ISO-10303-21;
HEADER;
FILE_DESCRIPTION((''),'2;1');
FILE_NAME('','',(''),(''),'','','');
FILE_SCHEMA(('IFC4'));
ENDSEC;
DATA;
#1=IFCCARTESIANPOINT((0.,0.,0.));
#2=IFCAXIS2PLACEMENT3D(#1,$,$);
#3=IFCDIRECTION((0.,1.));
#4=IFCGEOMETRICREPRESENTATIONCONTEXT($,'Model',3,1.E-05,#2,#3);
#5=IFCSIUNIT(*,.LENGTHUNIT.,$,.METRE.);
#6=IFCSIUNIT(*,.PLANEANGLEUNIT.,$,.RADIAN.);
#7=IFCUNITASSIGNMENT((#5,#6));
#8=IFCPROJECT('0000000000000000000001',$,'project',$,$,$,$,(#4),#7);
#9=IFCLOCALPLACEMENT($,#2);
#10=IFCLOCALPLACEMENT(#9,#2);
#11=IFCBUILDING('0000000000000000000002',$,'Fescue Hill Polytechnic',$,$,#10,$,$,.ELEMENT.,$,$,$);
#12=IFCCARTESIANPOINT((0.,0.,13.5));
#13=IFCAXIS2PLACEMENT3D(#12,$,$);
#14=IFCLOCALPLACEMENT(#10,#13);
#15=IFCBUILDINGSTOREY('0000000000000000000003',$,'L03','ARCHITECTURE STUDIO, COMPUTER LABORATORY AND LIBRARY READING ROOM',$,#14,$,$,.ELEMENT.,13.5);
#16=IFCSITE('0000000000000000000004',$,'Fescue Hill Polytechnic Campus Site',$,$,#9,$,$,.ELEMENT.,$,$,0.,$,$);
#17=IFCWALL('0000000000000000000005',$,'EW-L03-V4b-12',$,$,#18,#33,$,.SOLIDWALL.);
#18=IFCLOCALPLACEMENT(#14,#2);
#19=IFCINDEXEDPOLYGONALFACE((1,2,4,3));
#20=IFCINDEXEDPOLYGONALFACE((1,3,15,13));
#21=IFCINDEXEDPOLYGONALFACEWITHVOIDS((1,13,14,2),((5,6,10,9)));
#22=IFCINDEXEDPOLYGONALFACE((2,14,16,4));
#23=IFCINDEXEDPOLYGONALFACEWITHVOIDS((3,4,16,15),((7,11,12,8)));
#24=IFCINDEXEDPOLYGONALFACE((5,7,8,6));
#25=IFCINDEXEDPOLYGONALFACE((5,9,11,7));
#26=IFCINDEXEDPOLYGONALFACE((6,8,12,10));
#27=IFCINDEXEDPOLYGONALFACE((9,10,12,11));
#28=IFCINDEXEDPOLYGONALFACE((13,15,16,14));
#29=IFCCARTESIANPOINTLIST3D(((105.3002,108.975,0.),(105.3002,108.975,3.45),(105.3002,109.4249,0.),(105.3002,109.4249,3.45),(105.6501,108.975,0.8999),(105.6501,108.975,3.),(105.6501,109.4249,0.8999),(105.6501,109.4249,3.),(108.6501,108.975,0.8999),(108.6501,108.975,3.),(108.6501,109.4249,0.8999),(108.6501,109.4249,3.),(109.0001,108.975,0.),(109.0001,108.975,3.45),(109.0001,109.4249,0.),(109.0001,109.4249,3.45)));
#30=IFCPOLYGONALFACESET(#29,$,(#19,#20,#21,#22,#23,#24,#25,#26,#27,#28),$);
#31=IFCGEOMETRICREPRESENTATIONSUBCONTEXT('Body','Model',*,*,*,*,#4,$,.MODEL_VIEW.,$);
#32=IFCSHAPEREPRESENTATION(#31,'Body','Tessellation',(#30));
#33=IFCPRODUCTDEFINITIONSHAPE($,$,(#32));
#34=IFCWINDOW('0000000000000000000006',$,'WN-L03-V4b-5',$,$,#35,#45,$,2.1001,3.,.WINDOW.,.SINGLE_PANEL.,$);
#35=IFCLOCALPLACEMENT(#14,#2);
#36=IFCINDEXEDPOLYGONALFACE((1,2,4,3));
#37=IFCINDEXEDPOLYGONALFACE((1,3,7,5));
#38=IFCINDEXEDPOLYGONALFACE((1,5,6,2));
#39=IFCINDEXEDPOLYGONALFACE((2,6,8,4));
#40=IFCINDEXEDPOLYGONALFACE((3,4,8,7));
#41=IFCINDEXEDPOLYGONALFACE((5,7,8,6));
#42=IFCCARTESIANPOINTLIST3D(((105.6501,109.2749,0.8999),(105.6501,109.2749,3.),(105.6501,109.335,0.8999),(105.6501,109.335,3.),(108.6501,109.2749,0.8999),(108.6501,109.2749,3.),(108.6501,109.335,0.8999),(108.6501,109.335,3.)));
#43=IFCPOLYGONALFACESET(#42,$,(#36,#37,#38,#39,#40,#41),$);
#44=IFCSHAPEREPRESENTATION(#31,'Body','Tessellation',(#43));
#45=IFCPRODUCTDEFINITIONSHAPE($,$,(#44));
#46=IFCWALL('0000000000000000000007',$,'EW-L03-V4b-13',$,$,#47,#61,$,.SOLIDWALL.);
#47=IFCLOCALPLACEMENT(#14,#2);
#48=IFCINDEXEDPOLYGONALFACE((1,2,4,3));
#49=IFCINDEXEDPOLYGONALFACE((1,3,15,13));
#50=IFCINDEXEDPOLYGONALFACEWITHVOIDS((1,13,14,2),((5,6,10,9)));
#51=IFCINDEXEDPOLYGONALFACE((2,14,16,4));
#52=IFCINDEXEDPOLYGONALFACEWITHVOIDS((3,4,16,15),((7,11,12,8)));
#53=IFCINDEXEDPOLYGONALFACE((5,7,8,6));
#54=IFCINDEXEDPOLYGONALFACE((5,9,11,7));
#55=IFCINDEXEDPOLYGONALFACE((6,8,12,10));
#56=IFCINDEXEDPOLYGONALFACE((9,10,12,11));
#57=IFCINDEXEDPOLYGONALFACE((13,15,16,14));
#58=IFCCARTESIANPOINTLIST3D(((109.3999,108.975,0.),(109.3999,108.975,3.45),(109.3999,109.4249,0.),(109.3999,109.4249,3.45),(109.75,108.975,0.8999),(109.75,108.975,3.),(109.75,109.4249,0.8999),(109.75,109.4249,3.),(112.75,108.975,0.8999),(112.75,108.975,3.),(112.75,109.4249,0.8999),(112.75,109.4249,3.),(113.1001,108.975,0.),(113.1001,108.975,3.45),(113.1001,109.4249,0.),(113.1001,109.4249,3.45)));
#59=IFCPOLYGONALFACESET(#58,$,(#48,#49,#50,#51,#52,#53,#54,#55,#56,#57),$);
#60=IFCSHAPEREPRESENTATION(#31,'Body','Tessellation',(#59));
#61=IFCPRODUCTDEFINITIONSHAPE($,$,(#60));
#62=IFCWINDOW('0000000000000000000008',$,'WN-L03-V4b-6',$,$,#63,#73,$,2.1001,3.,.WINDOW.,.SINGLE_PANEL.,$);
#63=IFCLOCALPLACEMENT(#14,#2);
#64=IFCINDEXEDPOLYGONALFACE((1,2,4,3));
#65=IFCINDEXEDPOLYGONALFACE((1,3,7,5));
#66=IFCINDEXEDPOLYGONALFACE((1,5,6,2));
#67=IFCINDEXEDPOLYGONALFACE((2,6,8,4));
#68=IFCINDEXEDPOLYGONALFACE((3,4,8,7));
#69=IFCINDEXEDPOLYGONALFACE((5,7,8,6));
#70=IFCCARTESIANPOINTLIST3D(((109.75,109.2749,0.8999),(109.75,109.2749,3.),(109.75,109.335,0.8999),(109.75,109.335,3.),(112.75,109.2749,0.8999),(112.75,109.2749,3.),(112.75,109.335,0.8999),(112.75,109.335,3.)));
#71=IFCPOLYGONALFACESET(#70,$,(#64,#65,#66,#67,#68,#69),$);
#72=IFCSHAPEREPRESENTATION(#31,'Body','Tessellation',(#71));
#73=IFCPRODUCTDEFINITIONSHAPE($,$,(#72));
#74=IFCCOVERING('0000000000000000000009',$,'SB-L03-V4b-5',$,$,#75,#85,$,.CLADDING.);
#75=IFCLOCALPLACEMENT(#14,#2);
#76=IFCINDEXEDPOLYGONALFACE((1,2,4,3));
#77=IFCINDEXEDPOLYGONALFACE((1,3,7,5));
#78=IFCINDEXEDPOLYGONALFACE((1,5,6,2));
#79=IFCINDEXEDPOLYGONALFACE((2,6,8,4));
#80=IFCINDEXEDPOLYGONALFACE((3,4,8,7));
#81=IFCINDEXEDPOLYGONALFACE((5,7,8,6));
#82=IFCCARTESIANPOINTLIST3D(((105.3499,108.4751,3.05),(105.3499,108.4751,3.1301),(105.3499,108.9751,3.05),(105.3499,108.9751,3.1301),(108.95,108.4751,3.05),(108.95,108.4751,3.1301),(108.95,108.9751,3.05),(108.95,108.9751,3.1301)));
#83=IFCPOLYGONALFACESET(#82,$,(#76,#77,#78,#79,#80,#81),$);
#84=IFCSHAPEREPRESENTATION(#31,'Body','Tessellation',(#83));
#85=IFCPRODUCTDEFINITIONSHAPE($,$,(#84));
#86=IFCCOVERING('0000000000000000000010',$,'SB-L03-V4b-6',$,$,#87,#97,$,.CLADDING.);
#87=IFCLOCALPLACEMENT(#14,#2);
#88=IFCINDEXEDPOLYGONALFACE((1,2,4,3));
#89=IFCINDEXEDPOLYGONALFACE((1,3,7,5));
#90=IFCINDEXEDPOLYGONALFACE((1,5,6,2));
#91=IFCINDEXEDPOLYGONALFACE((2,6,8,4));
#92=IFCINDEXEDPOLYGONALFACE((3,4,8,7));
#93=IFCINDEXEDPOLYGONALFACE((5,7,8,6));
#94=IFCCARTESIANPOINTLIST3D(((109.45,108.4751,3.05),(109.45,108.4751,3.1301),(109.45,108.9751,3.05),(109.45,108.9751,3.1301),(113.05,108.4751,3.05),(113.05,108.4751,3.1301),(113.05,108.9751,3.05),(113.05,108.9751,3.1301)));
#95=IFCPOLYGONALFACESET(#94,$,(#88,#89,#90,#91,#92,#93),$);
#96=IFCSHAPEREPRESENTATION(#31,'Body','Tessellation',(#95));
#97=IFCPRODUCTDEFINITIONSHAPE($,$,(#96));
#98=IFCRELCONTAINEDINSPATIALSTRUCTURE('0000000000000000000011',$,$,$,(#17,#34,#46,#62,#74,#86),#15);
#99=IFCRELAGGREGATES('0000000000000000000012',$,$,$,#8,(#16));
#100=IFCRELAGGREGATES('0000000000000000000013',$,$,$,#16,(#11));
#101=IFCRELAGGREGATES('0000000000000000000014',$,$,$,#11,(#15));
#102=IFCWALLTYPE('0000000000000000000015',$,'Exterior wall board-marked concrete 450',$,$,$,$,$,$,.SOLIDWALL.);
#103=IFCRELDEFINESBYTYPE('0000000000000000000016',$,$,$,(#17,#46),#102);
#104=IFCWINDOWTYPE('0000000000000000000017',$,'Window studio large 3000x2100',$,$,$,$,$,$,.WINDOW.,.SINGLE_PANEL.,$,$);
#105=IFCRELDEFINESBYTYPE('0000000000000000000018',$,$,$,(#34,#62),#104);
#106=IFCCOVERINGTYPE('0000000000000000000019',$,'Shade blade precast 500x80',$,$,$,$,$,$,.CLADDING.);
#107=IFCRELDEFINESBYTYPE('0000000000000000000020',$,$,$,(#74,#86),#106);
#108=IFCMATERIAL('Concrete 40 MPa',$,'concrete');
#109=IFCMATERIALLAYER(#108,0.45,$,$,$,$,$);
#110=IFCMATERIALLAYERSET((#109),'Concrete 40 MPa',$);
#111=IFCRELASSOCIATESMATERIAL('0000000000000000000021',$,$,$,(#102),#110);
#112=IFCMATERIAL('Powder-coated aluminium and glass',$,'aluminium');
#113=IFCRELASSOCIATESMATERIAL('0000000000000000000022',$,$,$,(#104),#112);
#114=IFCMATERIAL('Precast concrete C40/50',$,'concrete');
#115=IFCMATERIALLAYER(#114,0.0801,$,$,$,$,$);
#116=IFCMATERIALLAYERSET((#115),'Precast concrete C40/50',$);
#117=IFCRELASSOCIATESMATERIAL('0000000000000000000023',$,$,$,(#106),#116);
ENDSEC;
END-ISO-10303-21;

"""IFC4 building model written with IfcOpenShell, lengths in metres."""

from ifc_helpers import new_model, si_unit, direction, frame, frame_2d, origin, origin_2d, place, context, subcontext, project, spatial, rectangle, extrude, material, layer, layer_set, type_object, element, fill, save


model = new_model("IFC4")

# Units and contexts
model_context = context("Model", 3, precision=1e-05, world=origin(), true_north=direction((0.0, 1.0)))
body_context = subcontext(model_context, "Body", "Model", "MODEL_VIEW")
ifc_project = project(units=[si_unit("LENGTHUNIT", "METRE"), si_unit("PLANEANGLEUNIT", "RADIAN")], contexts=[model_context])

# Site, building, storey
site_placement = place(None, origin())
site = spatial("IfcSite", under=ifc_project, at=site_placement, Name="Fescue Hill Polytechnic Campus Site", CompositionType="ELEMENT", RefElevation=0.0)
building_placement = place(site_placement, origin())
building = spatial("IfcBuilding", under=site, at=building_placement, Name="Fescue Hill Polytechnic", CompositionType="ELEMENT")
storey_placement = place(building_placement, frame((0.0, 0.0, 13.5)))
storey = spatial("IfcBuildingStorey", under=building, at=storey_placement, Name="L03", Description="ARCHITECTURE STUDIO, COMPUTER LABORATORY AND LIBRARY READING ROOM", CompositionType="ELEMENT", Elevation=13.5)

# Shared definitions
ifc_material_1 = material(Name="Concrete 40 MPa", Category="concrete")

# Shared definitions
ifc_material_2 = material(Name="Powder-coated aluminium and glass", Category="aluminium")

# Walls, openings, windows
ifc_layer_1 = layer(ifc_material_1, 0.45)
ifc_layer_set_1 = layer_set([ifc_layer_1], Name="Concrete 40 MPa")
wall_type_1 = type_object("IfcWallType", Name="Exterior wall board-marked concrete 450", PredefinedType="SOLIDWALL", material=ifc_layer_set_1)
wall_1_placement = place(storey_placement, frame((105.3, 109.2, 0.0), z_axis=(0.0, 0.0, 1.0), x_axis=(1.0, 0.0, 0.0)))
wall_1 = element("IfcWall", 1, at=wall_1_placement, inside=storey, type_object=wall_type_1, Name="EW-L03-V4b-12", PredefinedType="SOLIDWALL", context=body_context, shape_type="SweptSolid", body=[
    extrude(rectangle(XDim=3.7, YDim=0.45, at=frame_2d((1.8501, 0.0))), origin(), (0.0, 0.0, 1.0), 3.45),
])
opening_1_placement = place(wall_1_placement, frame((0.3501, 0.0, 0.8999)))
opening_1 = element("IfcOpeningElement", 2, at=opening_1_placement, cuts=wall_1, PredefinedType="OPENING", context=body_context, shape_type="SweptSolid", body=[
    extrude(rectangle(XDim=3.0, YDim=2.1001, at=frame_2d((1.5, 1.05))), frame((0.0, 0.2349, 0.0), z_axis=(0.0, -1.0, 0.0), x_axis=(1.0, 0.0, 0.0)), (0.0, 0.0, 1.0), 0.47),
])
window_type_1 = type_object("IfcWindowType", Name="Window studio large 3000x2100", PartitioningType="SINGLE_PANEL", PredefinedType="WINDOW", material=ifc_material_2)
window_1_placement = place(opening_1_placement, origin())
window_1 = element("IfcWindow", 3, at=window_1_placement, inside=storey, type_object=window_type_1, Name="WN-L03-V4b-5", OverallHeight=2.1001, OverallWidth=3.0, PartitioningType="SINGLE_PANEL", PredefinedType="WINDOW", context=body_context, shape_type="SweptSolid", body=[
    extrude(rectangle(XDim=3.0, YDim=2.1001, at=frame_2d((1.5, 1.05))), frame((0.0, 0.135, 0.0), z_axis=(0.0, -1.0, 0.0), x_axis=(1.0, 0.0, 0.0)), (0.0, 0.0, 1.0), 0.0601),
])
fill(opening_1, window_1)
wall_2_placement = place(storey_placement, frame((109.3999, 109.2, 0.0), z_axis=(0.0, 0.0, 1.0), x_axis=(1.0, 0.0, 0.0)))
wall_2 = element("IfcWall", 4, at=wall_2_placement, inside=storey, type_object=wall_type_1, Name="EW-L03-V4b-13", PredefinedType="SOLIDWALL", context=body_context, shape_type="SweptSolid", body=[
    extrude(rectangle(XDim=3.7002, YDim=0.45, at=frame_2d((1.8501, 0.0))), origin(), (0.0, 0.0, 1.0), 3.45),
])
opening_2_placement = place(wall_2_placement, frame((0.3501, 0.0, 0.8999)))
opening_2 = element("IfcOpeningElement", 5, at=opening_2_placement, cuts=wall_2, PredefinedType="OPENING", context=body_context, shape_type="SweptSolid", body=[
    extrude(rectangle(XDim=3.0, YDim=2.1001, at=frame_2d((1.5, 1.05))), frame((0.0, 0.2349, 0.0), z_axis=(0.0, -1.0, 0.0), x_axis=(1.0, 0.0, 0.0)), (0.0, 0.0, 1.0), 0.47),
])
window_2_placement = place(opening_2_placement, origin())
window_2 = element("IfcWindow", 6, at=window_2_placement, inside=storey, type_object=window_type_1, Name="WN-L03-V4b-6", OverallHeight=2.1001, OverallWidth=3.0, PartitioningType="SINGLE_PANEL", PredefinedType="WINDOW", context=body_context, shape_type="SweptSolid", body=[
    extrude(rectangle(XDim=3.0, YDim=2.1001, at=frame_2d((1.5, 1.05))), frame((0.0, 0.135, 0.0), z_axis=(0.0, -1.0, 0.0), x_axis=(1.0, 0.0, 0.0)), (0.0, 0.0, 1.0), 0.0601),
])
fill(opening_2, window_2)

# Coverings
ifc_material_3 = material(Name="Precast concrete C40/50", Category="concrete")
ifc_layer_2 = layer(ifc_material_3, 0.0801)
ifc_layer_set_2 = layer_set([ifc_layer_2], Name="Precast concrete C40/50")
covering_type = type_object("IfcCoveringType", Name="Shade blade precast 500x80", PredefinedType="CLADDING", material=ifc_layer_set_2)
for number, where, z_axis, x_axis, name in (
    (7, (107.1499, 108.7251, 3.05), (0.0, 0.0, 1.0), (1.0, 0.0, 0.0), "SB-L03-V4b-5"),
    (8, (111.25, 108.7251, 3.05), (0.0, 0.0, 1.0), (1.0, 0.0, 0.0), "SB-L03-V4b-6"),
):
    element("IfcCovering", number, at=place(storey_placement, frame(where, z_axis=z_axis, x_axis=x_axis)), inside=storey, type_object=covering_type, Name=name, PredefinedType="CLADDING", context=body_context, shape_type="SweptSolid", body=[
        extrude(rectangle(XDim=3.6001, YDim=0.5, at=origin_2d()), origin(), (0.0, 0.0, 1.0), 0.0801),
    ])

save(model, "model.ifc")
